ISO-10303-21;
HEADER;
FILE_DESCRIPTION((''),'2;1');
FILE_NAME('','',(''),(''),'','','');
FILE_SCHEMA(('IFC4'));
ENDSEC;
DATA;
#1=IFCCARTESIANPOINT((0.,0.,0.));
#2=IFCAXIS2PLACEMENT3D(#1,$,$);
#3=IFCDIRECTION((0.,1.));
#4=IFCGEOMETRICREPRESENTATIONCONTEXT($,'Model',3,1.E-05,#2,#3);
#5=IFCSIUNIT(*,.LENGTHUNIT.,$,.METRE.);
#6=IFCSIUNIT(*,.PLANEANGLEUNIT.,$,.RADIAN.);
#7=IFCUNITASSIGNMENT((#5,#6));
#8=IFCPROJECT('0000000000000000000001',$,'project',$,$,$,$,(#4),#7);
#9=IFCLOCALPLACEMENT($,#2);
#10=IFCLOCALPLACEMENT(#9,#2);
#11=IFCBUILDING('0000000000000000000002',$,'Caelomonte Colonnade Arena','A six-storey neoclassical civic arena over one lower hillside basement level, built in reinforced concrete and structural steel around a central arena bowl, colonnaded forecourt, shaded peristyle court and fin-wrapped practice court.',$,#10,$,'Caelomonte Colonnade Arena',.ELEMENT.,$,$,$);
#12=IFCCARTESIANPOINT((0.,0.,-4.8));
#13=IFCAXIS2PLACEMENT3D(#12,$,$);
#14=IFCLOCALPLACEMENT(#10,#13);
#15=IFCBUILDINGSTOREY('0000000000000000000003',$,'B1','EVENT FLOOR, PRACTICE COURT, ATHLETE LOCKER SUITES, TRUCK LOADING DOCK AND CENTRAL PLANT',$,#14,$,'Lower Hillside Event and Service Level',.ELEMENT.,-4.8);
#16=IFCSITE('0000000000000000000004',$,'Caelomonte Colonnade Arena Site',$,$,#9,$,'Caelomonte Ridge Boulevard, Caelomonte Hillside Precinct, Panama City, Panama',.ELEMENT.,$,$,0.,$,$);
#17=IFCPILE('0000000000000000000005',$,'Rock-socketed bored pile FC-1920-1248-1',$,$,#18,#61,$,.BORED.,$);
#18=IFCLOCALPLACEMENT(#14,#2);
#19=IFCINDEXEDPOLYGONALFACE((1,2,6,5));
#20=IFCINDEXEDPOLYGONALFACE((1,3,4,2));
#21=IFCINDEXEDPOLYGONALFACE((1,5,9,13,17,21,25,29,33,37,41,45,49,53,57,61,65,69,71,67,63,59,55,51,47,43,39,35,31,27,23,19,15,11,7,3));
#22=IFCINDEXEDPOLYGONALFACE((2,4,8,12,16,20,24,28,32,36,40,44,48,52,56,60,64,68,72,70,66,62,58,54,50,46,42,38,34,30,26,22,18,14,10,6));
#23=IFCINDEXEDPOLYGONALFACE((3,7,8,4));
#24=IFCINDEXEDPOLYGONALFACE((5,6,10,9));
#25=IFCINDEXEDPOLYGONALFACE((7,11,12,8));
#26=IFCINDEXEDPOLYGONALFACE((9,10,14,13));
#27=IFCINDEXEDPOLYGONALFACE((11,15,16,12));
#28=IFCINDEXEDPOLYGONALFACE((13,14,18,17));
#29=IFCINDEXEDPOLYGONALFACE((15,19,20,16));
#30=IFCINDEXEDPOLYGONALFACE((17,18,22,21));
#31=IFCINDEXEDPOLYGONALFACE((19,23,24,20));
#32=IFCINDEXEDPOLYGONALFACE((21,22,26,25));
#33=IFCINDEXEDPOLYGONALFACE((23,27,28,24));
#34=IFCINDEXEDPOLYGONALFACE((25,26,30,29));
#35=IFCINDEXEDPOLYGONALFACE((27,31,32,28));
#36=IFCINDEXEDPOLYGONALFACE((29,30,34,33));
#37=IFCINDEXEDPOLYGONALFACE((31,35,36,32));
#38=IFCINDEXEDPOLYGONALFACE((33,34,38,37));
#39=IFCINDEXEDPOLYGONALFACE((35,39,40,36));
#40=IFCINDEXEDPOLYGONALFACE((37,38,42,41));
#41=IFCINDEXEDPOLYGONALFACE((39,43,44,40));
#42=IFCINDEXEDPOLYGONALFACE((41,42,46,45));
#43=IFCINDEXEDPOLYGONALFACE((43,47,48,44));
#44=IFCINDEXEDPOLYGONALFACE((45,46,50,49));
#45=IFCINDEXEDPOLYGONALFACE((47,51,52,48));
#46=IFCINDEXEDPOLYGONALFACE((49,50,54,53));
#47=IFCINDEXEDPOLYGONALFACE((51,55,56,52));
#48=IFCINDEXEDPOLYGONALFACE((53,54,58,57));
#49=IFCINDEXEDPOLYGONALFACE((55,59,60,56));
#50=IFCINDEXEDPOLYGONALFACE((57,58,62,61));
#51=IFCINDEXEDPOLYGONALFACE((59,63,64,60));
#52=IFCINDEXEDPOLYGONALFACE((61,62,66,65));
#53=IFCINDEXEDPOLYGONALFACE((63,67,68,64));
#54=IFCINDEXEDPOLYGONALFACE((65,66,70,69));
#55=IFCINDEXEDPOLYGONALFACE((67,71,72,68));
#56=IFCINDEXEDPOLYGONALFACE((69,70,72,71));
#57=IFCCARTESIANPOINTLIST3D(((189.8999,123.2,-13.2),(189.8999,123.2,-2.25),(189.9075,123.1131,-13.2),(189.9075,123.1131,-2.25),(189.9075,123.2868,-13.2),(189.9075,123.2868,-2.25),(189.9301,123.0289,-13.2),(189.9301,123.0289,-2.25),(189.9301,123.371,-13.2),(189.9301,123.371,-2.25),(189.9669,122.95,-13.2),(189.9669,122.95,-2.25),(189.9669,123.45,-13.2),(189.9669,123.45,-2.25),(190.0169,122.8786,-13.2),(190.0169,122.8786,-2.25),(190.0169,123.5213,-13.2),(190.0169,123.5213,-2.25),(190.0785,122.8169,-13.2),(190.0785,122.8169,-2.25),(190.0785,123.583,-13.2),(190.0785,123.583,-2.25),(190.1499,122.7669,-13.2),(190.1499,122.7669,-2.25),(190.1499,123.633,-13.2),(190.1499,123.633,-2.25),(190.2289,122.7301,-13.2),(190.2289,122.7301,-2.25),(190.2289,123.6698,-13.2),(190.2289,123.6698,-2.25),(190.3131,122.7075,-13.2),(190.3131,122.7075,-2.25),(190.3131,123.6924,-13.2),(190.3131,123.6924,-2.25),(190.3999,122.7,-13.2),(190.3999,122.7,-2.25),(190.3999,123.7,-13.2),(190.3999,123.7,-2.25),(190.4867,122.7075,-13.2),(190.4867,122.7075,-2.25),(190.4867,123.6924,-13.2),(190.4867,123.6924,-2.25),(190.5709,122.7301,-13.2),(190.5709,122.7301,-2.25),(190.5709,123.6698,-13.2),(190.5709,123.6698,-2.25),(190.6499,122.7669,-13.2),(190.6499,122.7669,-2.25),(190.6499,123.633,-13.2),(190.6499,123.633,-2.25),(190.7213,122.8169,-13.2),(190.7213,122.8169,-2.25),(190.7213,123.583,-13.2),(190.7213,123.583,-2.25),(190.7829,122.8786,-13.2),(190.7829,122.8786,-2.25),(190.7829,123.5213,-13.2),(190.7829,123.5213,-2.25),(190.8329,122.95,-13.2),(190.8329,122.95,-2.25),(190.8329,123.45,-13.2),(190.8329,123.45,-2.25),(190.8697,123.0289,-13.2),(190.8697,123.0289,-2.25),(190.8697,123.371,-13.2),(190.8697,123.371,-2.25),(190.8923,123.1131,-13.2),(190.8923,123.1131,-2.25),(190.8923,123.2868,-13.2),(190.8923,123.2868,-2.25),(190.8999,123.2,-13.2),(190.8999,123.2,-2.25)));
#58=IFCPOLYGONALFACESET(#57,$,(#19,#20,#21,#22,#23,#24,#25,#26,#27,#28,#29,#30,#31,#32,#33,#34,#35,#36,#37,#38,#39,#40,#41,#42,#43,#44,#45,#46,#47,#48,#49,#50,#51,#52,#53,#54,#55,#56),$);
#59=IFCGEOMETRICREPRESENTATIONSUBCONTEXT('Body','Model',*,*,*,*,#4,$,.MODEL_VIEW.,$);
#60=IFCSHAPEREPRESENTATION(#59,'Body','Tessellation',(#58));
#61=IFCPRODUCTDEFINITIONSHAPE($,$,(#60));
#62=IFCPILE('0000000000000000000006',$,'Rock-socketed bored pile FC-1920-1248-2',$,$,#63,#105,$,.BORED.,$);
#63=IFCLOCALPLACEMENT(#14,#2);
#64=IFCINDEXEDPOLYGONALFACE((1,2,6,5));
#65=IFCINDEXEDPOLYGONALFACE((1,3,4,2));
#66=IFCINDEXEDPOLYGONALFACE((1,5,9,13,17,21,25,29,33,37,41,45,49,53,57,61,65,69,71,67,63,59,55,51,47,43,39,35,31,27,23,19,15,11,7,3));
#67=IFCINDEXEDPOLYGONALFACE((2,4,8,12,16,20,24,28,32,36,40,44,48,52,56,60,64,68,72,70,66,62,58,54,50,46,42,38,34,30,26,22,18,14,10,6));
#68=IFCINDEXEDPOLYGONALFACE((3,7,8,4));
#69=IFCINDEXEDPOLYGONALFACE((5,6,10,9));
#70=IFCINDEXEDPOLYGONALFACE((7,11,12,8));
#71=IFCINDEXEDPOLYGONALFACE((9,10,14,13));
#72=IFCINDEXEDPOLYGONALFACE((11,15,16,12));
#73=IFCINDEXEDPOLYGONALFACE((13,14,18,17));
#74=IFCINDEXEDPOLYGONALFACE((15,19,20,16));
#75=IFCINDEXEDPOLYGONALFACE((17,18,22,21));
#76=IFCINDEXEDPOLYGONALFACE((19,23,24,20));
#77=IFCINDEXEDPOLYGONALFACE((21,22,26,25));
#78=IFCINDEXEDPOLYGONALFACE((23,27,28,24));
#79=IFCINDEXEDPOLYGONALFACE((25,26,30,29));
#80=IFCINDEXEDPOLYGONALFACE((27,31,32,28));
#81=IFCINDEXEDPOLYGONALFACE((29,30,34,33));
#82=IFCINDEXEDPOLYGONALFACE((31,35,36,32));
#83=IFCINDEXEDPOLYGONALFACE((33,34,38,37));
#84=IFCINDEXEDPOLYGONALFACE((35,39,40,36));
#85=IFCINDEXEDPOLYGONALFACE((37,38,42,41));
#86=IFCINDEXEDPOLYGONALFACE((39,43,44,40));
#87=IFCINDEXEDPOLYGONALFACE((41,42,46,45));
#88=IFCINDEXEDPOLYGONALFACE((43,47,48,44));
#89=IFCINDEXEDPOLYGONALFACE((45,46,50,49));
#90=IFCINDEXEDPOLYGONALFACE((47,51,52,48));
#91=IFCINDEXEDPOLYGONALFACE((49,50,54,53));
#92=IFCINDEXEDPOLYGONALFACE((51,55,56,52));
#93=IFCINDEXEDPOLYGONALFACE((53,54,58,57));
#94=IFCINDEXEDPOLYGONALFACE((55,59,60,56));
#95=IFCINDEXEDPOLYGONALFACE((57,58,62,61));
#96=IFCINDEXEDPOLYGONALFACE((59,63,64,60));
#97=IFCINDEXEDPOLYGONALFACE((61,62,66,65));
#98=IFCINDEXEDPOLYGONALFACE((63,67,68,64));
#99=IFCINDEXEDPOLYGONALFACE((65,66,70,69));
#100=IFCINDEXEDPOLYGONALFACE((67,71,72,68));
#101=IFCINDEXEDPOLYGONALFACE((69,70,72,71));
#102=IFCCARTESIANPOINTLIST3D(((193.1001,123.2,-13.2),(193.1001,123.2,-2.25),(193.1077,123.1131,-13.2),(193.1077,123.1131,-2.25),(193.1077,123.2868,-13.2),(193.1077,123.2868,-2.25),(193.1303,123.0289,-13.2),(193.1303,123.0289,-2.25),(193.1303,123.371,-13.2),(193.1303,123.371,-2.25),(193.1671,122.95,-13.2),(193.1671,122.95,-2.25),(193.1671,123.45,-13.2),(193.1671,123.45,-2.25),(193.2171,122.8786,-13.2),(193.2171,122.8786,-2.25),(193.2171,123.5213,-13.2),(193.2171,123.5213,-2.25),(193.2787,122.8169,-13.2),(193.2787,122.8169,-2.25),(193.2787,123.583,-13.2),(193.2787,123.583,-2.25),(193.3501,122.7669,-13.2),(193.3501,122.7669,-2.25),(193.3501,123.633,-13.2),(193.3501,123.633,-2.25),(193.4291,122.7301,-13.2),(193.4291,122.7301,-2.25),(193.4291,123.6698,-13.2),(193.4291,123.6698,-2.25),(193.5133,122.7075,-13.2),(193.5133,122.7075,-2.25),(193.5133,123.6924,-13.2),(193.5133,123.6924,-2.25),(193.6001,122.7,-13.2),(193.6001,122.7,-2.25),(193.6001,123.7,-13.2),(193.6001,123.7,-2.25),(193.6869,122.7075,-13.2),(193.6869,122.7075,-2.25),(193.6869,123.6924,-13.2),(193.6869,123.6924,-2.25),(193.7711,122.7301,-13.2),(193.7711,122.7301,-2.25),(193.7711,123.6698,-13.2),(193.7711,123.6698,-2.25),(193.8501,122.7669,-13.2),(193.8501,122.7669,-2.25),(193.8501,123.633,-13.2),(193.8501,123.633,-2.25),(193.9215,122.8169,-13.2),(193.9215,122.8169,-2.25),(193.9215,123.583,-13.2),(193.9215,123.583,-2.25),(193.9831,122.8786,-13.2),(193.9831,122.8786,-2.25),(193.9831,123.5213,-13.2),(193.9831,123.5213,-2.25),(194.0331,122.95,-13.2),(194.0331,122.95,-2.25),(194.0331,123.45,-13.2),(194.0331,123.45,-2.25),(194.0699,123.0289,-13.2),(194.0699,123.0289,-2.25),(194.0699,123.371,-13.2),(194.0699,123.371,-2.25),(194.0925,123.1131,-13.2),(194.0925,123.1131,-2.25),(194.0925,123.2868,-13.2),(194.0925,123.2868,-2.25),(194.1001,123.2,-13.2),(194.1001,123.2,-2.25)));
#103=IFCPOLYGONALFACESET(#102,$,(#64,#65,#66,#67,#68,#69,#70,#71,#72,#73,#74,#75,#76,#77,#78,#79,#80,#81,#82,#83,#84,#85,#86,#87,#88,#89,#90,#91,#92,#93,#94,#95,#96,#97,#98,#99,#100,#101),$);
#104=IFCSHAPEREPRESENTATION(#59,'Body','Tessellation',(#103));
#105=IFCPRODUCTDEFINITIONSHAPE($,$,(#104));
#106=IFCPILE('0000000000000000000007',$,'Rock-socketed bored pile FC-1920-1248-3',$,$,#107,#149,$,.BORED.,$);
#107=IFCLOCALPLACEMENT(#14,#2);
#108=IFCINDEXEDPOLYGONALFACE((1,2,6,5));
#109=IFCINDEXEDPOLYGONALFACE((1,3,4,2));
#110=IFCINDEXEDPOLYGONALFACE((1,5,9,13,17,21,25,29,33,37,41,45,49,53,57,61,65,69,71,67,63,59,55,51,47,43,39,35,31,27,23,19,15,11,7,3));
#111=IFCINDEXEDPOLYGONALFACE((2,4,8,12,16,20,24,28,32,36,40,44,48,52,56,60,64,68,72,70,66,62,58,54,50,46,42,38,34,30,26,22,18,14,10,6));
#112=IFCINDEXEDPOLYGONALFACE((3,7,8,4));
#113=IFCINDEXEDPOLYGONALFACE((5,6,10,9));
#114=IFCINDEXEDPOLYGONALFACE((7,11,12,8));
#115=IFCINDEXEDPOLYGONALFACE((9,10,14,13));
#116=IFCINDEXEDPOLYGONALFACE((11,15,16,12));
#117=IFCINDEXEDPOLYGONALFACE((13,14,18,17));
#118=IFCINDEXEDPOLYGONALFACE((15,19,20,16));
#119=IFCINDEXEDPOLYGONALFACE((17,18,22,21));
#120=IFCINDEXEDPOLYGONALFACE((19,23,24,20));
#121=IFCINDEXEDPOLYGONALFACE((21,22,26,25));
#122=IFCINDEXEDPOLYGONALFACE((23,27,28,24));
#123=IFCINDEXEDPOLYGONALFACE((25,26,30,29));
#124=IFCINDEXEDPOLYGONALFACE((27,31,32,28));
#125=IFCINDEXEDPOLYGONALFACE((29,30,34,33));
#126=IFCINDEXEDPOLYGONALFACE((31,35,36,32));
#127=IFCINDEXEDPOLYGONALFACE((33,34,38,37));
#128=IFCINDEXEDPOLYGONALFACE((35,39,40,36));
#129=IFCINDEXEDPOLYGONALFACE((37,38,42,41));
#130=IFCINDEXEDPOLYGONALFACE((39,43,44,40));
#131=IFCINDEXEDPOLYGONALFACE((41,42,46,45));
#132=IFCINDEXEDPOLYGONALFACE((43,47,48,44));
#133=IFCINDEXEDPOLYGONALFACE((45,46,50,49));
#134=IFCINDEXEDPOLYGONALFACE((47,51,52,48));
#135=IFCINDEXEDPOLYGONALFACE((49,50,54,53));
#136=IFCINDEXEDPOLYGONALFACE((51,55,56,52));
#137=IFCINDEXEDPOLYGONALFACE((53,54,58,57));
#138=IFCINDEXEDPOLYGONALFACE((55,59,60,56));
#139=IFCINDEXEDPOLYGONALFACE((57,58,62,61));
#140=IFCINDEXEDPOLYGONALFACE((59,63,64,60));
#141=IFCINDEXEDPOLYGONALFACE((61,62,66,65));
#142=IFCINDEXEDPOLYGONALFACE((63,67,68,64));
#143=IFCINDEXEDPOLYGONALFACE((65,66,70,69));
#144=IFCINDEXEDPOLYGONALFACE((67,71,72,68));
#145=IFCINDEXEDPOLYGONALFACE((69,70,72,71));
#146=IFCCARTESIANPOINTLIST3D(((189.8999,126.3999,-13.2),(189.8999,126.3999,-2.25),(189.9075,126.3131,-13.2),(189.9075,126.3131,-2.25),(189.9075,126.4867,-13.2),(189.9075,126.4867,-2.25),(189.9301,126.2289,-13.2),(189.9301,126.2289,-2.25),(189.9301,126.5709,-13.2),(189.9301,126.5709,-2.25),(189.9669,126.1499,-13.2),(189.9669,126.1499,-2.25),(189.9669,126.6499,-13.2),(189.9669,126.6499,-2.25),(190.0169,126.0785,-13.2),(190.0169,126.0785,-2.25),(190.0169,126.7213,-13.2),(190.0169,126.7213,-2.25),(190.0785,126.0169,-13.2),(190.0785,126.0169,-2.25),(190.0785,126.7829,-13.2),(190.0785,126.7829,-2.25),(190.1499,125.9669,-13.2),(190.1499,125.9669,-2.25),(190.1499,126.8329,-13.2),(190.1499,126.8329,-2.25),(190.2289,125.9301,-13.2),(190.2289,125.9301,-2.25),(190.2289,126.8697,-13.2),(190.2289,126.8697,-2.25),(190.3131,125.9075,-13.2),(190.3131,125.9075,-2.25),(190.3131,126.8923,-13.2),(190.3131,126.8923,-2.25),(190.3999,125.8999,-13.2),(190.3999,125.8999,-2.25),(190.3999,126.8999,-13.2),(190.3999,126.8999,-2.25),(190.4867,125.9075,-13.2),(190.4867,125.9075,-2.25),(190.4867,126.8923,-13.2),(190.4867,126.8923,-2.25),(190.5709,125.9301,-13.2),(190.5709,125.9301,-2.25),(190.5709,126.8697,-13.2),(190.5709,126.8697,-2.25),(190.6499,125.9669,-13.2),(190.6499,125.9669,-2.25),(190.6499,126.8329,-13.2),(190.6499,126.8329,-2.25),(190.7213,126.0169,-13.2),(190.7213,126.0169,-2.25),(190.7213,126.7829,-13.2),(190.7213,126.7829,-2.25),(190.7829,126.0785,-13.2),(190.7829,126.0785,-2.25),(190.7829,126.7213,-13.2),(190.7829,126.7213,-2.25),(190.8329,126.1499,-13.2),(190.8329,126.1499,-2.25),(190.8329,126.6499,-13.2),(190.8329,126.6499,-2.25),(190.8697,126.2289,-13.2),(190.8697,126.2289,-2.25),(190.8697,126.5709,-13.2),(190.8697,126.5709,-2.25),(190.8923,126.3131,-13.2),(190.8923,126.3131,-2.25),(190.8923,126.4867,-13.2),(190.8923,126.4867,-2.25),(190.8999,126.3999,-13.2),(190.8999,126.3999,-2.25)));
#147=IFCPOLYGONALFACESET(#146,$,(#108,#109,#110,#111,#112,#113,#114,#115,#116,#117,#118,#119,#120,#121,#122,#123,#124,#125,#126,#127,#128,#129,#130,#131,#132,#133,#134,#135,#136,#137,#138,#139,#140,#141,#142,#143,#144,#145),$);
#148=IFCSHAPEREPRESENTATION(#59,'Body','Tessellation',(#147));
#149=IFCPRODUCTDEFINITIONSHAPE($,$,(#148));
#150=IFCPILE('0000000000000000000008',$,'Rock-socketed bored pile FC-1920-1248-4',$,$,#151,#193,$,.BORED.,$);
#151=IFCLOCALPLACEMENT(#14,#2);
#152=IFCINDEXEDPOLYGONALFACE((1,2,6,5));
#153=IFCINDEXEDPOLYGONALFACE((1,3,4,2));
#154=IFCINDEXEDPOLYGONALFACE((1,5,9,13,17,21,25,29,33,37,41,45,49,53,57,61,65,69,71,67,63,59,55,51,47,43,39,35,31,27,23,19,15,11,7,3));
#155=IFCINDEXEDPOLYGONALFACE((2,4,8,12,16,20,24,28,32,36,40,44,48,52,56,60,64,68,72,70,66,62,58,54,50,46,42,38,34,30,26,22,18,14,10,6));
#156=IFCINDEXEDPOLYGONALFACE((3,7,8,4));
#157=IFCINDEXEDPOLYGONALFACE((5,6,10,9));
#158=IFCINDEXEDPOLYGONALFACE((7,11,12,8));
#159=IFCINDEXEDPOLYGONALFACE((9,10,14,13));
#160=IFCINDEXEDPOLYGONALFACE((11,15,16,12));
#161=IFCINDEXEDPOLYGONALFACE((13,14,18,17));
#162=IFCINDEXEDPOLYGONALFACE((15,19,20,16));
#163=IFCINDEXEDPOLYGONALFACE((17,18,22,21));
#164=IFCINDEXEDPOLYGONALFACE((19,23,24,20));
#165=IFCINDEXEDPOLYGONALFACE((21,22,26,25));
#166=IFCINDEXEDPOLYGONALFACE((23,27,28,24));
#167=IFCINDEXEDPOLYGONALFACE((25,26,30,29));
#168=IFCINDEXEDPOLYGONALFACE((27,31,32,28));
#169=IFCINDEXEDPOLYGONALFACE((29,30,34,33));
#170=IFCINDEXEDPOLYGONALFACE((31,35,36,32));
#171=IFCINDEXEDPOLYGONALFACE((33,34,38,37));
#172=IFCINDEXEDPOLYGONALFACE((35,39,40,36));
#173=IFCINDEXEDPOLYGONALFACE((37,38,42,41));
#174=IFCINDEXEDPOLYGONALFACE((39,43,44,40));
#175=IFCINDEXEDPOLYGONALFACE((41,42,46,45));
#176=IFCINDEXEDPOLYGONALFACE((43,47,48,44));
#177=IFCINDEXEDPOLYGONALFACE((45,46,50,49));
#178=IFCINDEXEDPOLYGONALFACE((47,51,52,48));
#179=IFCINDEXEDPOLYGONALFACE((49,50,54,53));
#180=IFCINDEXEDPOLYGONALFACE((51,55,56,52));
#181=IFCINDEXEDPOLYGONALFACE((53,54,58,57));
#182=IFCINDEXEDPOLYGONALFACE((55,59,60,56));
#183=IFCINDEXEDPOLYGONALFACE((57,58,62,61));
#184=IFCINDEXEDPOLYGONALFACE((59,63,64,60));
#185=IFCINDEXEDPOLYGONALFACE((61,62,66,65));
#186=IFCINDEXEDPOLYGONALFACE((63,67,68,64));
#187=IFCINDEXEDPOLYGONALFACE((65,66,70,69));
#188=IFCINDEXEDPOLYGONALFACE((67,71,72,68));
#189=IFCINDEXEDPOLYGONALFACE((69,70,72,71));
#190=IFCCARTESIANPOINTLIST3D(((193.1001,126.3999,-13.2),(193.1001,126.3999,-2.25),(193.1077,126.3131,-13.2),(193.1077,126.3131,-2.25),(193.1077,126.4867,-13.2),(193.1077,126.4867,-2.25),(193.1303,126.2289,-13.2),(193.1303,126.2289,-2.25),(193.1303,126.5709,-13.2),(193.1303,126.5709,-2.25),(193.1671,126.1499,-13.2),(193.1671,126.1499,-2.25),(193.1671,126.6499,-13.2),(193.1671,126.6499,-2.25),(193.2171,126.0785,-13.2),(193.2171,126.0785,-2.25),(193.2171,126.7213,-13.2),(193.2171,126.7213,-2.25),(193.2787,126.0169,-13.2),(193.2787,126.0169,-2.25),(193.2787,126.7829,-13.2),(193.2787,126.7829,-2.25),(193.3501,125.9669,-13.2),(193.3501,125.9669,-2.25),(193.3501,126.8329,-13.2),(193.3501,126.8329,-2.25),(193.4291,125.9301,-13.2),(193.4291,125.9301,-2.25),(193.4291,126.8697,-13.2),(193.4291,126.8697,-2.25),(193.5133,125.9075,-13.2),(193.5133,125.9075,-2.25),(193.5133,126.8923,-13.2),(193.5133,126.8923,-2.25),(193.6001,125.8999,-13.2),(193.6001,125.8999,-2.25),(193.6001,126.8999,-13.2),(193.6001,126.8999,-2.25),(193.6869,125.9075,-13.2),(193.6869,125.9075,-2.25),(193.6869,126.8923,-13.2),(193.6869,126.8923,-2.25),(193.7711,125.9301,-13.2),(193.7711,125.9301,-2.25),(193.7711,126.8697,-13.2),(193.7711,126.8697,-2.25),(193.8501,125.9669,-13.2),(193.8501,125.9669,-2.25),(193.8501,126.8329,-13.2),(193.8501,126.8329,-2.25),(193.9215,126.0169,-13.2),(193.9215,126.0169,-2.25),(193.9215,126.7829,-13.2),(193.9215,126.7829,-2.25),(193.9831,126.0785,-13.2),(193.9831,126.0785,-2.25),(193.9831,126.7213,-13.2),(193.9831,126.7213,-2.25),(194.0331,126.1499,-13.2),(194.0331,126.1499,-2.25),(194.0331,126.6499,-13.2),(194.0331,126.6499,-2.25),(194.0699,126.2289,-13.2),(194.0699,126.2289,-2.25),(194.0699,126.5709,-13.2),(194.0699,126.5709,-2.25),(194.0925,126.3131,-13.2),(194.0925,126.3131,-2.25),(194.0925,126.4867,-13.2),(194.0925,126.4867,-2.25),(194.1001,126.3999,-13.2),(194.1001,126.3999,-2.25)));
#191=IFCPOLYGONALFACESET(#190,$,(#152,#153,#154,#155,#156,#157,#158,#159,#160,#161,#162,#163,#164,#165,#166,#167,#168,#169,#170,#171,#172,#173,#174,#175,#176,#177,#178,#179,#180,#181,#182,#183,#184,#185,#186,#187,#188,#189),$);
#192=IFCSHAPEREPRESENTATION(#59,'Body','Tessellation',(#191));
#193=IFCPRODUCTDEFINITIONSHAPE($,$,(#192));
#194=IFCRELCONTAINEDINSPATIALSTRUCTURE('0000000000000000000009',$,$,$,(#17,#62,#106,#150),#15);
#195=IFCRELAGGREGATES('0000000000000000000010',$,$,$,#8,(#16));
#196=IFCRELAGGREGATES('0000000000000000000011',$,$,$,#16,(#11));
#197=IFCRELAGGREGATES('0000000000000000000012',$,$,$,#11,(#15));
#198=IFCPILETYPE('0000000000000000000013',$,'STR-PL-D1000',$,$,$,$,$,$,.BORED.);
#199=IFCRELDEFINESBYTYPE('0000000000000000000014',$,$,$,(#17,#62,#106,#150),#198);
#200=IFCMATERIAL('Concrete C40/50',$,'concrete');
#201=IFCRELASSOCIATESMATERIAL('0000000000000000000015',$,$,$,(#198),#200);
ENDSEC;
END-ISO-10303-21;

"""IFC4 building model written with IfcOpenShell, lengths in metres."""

from ifc_helpers import new_model, si_unit, direction, frame, origin, origin_2d, place, context, subcontext, project, spatial, circle, extrude, material, material_profile, profile_set, type_object, element, save


model = new_model("IFC4")

# Units and contexts
model_context = context("Model", 3, precision=1e-05, world=origin(), true_north=direction((0.0, 1.0)))
body_context = subcontext(model_context, "Body", "Model", "MODEL_VIEW")
ifc_project = project(units=[si_unit("LENGTHUNIT", "METRE"), si_unit("PLANEANGLEUNIT", "RADIAN")], contexts=[model_context])

# Site, building, storey
site_placement = place(None, origin())
site = spatial("IfcSite", under=ifc_project, at=site_placement, Name="Caelomonte Colonnade Arena Site", LongName="Caelomonte Ridge Boulevard, Caelomonte Hillside Precinct, Panama City, Panama", CompositionType="ELEMENT", RefElevation=0.0)
building_placement = place(site_placement, origin())
building = spatial("IfcBuilding", under=site, at=building_placement, Name="Caelomonte Colonnade Arena", Description="A six-storey neoclassical civic arena over one lower hillside basement level, built in reinforced concrete and structural steel around a central arena bowl, colonnaded forecourt, shaded peristyle court and fin-wrapped practice court.", LongName="Caelomonte Colonnade Arena", CompositionType="ELEMENT")
storey_placement = place(building_placement, frame((0.0, 0.0, -4.8)))
storey = spatial("IfcBuildingStorey", under=building, at=storey_placement, Name="B1", Description="EVENT FLOOR, PRACTICE COURT, ATHLETE LOCKER SUITES, TRUCK LOADING DOCK AND CENTRAL PLANT", LongName="Lower Hillside Event and Service Level", CompositionType="ELEMENT", Elevation=-4.8)

# Shared definitions
ifc_material_1 = material(Name="Concrete C40/50", Category="concrete")

# Piles
ifc_material_profile_1 = material_profile(ifc_material_1, circle(Radius=0.5, at=origin_2d()), Name="PILE-D1000")
ifc_profile_set_1 = profile_set([ifc_material_profile_1], Name="Concrete C40/50")
pile_type = type_object("IfcPileType", Name="STR-PL-D1000", PredefinedType="BORED", material=ifc_profile_set_1)
for number, where, z_axis, x_axis, name in (
    (1, (190.3999, 123.2, -2.25), (0.0, 0.0, -1.0), (1.0, 0.0, 0.0), "Rock-socketed bored pile FC-1920-1248-1"),
    (2, (193.6001, 123.2, -2.25), (0.0, 0.0, -1.0), (1.0, 0.0, 0.0), "Rock-socketed bored pile FC-1920-1248-2"),
    (3, (190.3999, 126.3999, -2.25), (0.0, 0.0, -1.0), (1.0, 0.0, 0.0), "Rock-socketed bored pile FC-1920-1248-3"),
    (4, (193.6001, 126.3999, -2.25), (0.0, 0.0, -1.0), (1.0, 0.0, 0.0), "Rock-socketed bored pile FC-1920-1248-4"),
):
    element("IfcPile", number, at=place(storey_placement, frame(where, z_axis=z_axis, x_axis=x_axis)), inside=storey, type_object=pile_type, Name=name, PredefinedType="BORED", context=body_context, shape_type="SweptSolid", body=[
        extrude(circle(Radius=0.5, at=origin_2d()), origin(), (0.0, 0.0, 1.0), 10.95),
    ])

save(model, "model.ifc")
